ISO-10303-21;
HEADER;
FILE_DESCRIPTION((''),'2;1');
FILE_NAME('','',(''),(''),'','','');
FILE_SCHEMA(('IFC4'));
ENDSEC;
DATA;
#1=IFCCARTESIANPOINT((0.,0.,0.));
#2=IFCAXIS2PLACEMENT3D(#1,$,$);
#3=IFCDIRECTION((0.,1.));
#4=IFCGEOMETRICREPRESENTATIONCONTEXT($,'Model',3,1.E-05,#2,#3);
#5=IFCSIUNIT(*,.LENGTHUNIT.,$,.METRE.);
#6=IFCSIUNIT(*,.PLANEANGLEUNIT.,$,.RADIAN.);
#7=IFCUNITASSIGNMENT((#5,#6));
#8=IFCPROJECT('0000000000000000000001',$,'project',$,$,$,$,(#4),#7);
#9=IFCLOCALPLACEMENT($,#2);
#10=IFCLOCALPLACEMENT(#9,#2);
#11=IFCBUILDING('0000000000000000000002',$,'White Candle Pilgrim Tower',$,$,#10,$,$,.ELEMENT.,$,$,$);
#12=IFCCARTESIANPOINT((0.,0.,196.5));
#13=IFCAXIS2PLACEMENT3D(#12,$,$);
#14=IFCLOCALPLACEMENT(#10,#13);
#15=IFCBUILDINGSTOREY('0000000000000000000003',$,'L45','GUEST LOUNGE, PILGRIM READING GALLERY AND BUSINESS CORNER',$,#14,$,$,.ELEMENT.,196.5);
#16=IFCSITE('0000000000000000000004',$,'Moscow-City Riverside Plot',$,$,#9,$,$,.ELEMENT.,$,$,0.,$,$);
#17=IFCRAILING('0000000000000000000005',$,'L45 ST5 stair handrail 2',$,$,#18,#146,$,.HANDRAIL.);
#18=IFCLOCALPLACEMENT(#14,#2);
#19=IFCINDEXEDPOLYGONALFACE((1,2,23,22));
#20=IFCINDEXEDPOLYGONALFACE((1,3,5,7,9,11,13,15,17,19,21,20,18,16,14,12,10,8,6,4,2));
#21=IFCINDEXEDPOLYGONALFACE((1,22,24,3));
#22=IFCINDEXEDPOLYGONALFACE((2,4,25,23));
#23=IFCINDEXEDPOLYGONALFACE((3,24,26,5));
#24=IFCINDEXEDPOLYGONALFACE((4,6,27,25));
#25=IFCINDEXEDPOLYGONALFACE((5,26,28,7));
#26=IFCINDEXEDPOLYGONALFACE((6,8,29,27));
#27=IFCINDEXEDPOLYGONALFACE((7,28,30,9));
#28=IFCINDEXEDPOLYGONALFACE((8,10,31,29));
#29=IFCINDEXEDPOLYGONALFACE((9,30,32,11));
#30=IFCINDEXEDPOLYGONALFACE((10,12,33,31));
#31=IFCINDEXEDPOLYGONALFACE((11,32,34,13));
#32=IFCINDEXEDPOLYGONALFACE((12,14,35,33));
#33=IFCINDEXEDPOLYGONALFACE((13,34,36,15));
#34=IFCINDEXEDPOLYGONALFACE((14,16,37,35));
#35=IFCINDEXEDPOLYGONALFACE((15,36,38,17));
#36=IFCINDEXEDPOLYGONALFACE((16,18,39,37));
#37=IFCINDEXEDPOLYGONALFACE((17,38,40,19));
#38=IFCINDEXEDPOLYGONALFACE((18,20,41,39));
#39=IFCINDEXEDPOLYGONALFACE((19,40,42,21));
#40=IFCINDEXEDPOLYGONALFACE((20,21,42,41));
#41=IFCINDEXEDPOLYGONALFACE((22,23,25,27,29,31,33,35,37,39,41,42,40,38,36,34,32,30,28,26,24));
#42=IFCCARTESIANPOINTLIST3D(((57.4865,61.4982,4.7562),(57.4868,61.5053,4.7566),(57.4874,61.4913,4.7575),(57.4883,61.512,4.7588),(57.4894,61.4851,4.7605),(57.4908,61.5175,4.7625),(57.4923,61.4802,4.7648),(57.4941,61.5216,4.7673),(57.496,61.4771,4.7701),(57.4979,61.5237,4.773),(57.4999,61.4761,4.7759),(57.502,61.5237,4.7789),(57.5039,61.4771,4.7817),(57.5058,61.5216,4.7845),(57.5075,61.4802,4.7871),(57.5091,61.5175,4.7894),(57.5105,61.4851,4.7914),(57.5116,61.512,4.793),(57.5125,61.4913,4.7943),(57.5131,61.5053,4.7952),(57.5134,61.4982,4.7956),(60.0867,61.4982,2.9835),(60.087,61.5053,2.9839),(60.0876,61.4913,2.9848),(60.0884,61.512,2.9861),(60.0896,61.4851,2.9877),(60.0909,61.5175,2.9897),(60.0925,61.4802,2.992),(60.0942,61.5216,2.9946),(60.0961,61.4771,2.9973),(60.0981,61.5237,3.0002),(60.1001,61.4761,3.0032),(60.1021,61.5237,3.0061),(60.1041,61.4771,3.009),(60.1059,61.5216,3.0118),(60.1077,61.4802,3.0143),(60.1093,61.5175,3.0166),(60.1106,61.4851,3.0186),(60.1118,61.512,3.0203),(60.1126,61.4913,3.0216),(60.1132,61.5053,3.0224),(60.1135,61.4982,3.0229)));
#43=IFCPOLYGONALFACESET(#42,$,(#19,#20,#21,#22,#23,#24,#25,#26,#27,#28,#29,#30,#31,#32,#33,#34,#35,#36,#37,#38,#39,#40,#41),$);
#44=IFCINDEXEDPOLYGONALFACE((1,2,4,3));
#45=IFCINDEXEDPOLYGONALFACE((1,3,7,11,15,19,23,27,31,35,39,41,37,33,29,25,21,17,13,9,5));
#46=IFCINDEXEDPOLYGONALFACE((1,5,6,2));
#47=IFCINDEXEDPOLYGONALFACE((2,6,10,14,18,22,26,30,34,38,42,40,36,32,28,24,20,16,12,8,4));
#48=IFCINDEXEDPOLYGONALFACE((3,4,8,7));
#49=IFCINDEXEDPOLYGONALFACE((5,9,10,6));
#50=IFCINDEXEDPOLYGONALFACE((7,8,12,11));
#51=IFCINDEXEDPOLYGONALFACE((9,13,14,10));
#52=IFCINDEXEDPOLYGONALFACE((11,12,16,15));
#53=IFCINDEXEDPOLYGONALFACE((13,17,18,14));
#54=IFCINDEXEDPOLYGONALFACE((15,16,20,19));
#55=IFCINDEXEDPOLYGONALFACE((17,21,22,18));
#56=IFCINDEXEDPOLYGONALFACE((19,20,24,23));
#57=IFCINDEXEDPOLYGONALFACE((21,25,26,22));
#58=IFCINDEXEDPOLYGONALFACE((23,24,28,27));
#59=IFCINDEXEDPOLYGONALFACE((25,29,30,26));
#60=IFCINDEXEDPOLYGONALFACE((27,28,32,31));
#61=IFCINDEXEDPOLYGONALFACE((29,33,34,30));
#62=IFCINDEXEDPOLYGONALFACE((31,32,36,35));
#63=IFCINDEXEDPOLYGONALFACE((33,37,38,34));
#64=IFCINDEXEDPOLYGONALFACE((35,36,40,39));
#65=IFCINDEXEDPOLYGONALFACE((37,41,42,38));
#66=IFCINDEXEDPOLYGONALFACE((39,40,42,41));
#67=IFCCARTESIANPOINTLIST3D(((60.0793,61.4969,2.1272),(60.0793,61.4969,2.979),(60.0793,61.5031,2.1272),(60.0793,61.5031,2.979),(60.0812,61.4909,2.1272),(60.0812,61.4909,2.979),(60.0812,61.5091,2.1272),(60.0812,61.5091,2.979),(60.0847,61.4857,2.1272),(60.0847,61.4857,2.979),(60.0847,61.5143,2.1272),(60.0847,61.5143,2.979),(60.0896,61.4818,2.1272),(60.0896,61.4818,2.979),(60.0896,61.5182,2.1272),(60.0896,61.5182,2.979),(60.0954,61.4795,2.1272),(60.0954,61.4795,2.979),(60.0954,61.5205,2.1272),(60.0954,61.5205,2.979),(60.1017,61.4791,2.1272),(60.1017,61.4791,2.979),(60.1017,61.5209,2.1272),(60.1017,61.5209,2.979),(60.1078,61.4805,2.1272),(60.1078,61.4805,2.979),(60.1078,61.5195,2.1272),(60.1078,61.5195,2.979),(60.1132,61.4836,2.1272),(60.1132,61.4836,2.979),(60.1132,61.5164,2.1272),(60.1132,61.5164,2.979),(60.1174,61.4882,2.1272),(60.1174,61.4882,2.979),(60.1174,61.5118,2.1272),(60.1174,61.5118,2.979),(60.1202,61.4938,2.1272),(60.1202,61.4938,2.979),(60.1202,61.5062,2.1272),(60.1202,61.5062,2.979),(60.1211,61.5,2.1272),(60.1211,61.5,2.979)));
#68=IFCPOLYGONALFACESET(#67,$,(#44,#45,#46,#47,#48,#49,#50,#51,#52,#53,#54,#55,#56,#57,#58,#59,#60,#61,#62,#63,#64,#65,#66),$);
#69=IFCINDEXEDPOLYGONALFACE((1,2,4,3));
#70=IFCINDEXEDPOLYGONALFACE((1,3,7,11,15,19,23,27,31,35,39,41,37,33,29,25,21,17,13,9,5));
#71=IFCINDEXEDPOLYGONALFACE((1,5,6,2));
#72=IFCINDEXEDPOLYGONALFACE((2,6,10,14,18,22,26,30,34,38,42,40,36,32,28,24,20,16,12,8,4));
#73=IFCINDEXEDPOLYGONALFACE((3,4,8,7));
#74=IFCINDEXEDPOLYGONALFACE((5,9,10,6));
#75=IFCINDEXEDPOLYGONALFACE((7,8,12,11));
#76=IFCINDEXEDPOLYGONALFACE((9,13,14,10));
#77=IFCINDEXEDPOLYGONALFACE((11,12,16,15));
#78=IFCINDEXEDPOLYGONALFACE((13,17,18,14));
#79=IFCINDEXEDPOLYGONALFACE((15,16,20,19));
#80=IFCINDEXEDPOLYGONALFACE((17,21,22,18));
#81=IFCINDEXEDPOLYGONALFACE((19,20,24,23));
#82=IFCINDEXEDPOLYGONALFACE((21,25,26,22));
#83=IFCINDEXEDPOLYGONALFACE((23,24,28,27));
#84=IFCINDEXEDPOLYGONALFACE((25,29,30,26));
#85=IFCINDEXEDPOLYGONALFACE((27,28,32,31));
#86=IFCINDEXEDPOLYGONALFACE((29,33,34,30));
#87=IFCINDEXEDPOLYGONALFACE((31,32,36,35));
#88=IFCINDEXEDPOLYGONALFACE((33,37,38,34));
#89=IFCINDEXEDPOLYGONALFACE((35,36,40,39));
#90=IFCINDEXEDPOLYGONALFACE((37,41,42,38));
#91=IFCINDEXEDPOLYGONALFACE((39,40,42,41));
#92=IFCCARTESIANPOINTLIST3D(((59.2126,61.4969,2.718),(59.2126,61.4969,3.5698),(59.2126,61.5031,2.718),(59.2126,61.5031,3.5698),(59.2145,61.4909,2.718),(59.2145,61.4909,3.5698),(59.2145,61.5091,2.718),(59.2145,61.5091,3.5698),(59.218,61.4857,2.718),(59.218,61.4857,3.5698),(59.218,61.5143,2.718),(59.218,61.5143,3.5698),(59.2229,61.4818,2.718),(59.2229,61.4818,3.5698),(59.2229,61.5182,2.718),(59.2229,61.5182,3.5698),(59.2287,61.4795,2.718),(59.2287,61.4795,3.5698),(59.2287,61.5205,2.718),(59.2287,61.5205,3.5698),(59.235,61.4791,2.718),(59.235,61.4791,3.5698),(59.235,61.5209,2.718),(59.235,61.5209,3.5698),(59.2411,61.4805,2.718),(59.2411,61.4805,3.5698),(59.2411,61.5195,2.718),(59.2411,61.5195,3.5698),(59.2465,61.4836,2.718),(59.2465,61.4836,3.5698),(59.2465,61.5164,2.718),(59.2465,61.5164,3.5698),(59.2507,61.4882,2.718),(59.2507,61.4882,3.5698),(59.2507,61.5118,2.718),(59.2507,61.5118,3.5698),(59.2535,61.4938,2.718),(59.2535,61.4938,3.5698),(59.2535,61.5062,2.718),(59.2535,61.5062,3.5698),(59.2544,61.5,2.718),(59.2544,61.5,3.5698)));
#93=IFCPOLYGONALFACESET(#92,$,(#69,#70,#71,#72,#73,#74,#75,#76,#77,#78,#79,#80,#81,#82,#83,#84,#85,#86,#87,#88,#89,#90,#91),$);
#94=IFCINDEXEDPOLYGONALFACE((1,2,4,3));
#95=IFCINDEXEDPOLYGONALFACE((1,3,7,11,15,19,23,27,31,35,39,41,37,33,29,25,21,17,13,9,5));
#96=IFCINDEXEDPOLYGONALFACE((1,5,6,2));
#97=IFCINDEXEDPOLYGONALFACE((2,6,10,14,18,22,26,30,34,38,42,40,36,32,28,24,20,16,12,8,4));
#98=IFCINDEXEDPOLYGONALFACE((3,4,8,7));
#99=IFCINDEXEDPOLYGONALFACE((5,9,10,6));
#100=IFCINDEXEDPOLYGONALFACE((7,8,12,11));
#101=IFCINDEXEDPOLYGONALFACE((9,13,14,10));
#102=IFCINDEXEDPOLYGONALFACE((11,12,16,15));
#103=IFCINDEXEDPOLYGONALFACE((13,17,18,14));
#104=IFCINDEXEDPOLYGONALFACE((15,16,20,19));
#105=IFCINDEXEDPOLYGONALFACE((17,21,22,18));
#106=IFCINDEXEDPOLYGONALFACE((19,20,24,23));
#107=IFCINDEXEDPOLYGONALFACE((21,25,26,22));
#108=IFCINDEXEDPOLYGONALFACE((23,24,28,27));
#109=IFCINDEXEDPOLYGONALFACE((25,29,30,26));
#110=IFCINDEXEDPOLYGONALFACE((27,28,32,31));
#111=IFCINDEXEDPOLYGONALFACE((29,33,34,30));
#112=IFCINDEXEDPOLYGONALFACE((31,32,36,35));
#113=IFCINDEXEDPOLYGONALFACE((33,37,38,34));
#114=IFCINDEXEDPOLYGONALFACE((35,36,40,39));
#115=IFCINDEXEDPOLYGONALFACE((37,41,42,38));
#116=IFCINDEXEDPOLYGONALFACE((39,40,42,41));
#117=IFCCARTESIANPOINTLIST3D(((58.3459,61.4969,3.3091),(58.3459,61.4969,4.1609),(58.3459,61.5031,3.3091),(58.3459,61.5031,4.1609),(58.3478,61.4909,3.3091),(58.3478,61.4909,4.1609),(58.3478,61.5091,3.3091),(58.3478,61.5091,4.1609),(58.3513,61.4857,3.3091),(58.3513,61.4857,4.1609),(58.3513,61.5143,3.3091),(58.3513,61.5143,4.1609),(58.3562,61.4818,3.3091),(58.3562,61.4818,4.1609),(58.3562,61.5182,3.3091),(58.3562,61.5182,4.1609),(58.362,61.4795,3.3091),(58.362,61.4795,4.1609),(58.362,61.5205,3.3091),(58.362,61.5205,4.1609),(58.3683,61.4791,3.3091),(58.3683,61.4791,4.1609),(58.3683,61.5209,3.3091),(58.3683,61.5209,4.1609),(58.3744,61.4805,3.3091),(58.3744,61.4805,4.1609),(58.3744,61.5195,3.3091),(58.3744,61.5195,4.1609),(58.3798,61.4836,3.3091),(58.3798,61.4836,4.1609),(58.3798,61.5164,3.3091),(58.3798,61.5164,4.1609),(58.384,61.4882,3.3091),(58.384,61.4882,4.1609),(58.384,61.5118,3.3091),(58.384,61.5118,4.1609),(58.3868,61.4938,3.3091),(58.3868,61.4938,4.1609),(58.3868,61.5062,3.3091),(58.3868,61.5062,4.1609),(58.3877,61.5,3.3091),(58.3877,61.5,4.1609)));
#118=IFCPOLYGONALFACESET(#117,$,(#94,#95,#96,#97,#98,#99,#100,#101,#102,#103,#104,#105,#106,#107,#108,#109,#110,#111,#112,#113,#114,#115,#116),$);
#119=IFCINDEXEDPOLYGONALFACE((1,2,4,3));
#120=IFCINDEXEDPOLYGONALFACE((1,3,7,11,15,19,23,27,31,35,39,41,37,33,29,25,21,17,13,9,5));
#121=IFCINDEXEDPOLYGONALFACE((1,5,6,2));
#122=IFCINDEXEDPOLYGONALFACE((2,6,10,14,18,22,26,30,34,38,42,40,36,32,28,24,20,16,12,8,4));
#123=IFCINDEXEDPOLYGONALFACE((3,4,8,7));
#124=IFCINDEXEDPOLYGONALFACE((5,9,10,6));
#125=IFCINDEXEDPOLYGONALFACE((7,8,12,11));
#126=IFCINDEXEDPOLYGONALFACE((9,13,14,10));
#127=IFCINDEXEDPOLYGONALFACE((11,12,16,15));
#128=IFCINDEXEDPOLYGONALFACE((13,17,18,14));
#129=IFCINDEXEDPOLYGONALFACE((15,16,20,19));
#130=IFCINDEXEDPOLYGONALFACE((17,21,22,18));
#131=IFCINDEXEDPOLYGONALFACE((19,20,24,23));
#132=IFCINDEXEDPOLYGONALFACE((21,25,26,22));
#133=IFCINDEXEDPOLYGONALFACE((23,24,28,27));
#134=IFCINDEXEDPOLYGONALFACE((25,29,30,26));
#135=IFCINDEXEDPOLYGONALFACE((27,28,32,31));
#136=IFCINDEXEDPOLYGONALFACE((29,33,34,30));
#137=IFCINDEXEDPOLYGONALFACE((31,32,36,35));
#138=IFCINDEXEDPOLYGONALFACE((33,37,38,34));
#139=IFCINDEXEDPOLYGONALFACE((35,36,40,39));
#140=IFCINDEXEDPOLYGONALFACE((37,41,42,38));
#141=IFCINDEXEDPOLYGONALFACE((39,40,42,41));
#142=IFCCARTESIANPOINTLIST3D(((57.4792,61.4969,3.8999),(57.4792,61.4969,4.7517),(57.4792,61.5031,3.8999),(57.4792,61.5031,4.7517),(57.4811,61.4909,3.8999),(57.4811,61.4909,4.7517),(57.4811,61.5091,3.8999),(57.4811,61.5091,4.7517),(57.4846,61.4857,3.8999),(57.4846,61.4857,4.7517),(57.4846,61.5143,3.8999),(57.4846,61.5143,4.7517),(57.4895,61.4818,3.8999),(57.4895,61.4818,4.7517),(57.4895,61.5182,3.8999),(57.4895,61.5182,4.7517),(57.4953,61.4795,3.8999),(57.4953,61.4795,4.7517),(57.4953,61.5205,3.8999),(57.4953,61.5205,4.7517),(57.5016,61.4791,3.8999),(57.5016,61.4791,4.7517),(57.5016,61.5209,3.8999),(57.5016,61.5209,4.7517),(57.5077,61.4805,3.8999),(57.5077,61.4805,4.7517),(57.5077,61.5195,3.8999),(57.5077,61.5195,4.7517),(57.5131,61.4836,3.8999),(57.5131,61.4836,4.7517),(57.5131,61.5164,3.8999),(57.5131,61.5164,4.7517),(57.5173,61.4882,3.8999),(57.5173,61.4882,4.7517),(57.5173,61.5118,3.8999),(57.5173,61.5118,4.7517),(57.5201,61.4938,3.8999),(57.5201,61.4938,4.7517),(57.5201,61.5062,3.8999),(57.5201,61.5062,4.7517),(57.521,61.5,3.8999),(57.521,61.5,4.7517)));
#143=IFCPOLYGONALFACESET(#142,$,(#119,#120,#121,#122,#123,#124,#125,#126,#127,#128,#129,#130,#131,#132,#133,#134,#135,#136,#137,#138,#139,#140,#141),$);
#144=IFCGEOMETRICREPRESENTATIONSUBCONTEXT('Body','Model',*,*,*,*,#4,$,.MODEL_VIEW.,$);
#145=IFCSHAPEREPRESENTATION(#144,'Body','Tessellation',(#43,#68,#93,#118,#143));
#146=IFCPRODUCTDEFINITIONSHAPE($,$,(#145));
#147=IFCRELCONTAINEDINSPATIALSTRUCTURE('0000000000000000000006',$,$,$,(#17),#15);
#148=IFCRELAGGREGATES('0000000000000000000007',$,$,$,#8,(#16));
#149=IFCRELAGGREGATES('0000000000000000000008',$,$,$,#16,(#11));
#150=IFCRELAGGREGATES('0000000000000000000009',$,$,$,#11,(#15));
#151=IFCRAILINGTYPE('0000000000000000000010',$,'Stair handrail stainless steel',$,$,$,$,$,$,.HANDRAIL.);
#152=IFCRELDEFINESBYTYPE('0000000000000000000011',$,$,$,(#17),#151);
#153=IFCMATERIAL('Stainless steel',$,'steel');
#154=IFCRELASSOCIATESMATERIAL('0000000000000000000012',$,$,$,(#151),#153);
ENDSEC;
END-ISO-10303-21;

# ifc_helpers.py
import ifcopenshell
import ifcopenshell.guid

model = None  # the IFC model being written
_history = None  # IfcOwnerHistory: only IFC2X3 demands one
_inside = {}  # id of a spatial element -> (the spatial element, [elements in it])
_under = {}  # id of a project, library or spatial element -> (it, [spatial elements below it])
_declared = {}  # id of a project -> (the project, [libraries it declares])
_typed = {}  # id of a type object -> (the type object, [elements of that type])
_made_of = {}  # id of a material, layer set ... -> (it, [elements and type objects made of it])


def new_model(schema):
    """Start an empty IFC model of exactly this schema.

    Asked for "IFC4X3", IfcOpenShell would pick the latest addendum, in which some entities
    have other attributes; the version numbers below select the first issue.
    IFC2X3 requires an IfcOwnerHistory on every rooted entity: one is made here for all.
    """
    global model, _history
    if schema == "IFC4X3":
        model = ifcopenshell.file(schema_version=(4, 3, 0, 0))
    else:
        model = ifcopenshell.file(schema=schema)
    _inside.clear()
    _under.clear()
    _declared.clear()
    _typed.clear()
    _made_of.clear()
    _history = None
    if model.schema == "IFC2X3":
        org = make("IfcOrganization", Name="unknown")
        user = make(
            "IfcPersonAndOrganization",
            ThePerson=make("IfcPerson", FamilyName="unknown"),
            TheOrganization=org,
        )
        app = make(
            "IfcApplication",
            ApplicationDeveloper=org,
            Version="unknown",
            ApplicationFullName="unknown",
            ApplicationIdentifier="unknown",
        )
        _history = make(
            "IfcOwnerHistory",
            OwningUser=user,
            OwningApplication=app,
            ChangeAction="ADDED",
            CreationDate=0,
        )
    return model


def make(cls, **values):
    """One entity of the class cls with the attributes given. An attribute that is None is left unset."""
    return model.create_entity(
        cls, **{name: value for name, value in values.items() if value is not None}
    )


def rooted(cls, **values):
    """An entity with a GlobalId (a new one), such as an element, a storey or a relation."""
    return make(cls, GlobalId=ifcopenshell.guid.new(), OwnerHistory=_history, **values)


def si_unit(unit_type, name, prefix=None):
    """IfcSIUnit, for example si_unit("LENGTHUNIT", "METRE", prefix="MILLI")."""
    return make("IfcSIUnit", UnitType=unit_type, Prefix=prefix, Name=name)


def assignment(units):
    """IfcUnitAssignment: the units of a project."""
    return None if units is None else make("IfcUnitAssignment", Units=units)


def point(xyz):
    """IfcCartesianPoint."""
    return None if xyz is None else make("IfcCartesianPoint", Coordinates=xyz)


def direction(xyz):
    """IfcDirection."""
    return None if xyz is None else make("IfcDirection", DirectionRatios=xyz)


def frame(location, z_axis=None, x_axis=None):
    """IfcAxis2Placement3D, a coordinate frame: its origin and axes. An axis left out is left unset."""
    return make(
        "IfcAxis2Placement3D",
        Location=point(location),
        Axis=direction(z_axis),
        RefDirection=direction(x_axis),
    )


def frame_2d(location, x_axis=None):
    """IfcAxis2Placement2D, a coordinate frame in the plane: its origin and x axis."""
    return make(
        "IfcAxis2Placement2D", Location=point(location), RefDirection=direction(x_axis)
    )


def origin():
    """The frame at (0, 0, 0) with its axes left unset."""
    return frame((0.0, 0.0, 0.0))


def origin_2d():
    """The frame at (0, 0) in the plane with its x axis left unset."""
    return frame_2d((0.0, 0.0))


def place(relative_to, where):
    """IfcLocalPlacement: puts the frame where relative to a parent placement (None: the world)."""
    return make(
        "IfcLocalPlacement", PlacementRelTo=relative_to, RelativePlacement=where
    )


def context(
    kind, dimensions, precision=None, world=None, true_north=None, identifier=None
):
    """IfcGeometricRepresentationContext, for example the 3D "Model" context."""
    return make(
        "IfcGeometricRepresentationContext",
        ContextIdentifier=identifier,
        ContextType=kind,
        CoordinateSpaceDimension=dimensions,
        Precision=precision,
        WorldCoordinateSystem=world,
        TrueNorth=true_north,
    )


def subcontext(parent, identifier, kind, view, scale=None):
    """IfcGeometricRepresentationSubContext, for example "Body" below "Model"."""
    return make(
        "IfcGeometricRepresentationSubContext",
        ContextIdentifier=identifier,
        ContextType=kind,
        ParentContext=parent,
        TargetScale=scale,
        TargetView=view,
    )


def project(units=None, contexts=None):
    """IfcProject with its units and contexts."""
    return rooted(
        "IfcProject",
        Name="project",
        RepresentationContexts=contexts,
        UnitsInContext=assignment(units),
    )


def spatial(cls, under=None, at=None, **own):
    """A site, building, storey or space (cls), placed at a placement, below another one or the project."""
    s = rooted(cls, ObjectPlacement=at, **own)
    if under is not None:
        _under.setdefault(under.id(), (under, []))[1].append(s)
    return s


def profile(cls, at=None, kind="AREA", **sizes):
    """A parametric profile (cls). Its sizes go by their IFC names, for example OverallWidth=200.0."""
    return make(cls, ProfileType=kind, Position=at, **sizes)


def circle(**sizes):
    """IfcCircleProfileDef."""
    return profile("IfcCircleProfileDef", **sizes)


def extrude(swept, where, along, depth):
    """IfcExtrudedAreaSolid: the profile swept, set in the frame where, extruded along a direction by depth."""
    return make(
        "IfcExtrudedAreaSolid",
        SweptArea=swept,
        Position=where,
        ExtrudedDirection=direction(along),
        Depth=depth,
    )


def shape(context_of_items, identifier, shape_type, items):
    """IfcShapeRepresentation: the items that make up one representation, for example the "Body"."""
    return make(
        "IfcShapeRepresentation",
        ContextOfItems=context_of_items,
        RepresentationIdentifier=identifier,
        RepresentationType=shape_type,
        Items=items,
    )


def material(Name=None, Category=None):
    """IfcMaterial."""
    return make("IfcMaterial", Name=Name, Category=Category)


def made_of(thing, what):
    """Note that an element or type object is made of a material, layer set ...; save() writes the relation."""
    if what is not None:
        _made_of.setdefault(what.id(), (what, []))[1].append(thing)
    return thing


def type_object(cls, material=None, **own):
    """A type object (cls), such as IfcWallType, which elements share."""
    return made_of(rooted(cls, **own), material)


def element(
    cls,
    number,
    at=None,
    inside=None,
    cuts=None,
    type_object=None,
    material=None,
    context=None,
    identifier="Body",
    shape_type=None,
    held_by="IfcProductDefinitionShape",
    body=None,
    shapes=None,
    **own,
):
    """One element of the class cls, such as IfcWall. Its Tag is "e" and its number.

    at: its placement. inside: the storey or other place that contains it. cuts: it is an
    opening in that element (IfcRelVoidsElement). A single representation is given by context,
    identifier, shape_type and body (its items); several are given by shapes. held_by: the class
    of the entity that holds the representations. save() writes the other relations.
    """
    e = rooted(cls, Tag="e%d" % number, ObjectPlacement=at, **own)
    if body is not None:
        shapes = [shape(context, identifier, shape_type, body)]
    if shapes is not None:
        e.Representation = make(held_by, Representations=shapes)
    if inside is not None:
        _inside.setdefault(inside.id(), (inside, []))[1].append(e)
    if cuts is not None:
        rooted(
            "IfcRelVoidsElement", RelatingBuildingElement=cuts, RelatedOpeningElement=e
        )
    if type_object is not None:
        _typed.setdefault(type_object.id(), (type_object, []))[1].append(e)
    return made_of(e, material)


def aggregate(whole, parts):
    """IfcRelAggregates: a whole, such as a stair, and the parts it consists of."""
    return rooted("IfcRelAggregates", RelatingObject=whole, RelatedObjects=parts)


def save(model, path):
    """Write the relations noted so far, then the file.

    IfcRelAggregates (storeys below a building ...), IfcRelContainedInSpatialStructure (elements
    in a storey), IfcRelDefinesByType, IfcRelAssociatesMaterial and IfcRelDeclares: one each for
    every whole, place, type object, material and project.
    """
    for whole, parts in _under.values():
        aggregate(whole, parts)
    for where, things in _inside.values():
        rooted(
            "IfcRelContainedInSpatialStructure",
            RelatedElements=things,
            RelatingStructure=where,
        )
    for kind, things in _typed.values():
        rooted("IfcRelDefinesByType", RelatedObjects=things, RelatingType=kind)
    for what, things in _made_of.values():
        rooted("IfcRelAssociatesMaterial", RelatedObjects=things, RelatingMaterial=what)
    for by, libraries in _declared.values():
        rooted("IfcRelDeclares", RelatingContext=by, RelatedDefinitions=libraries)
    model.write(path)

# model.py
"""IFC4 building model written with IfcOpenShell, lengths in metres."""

from ifc_helpers import new_model, si_unit, direction, frame, origin, origin_2d, place, context, subcontext, project, spatial, circle, extrude, material, type_object, element, save


model = new_model("IFC4")

# Units and contexts
model_context = context("Model", 3, precision=1e-05, world=origin(), true_north=direction((0.0, 1.0)))
body_context = subcontext(model_context, "Body", "Model", "MODEL_VIEW")
ifc_project = project(units=[si_unit("LENGTHUNIT", "METRE"), si_unit("PLANEANGLEUNIT", "RADIAN")], contexts=[model_context])

# Site, building, storey
site_placement = place(None, origin())
site = spatial("IfcSite", under=ifc_project, at=site_placement, Name="Moscow-City Riverside Plot", CompositionType="ELEMENT", RefElevation=0.0)
building_placement = place(site_placement, origin())
building = spatial("IfcBuilding", under=site, at=building_placement, Name="White Candle Pilgrim Tower", CompositionType="ELEMENT")
storey_placement = place(building_placement, frame((0.0, 0.0, 196.5)))
storey = spatial("IfcBuildingStorey", under=building, at=storey_placement, Name="L45", Description="GUEST LOUNGE, PILGRIM READING GALLERY AND BUSINESS CORNER", CompositionType="ELEMENT", Elevation=196.5)

# Railing
ifc_material_1 = material(Name="Stainless steel", Category="steel")
railing_type_1 = type_object("IfcRailingType", Name="Stair handrail stainless steel", PredefinedType="HANDRAIL", material=ifc_material_1)
railing_1_placement = place(storey_placement, frame((60.1001, 61.5, 2.1272)))
element("IfcRailing", 1, at=railing_1_placement, inside=storey, type_object=railing_type_1, Name="L45 ST5 stair handrail 2", PredefinedType="HANDRAIL", context=body_context, shape_type="SweptSolid", body=[
    extrude(circle(Radius=0.0239, at=origin_2d()), frame((0.0, 0.0, 0.876), z_axis=(-0.82624, 0.0, 0.563318), x_axis=(0.0, -1.0, 0.0)), (0.0, 0.0, 1.0), 3.147),
    extrude(circle(Radius=0.021, at=origin_2d()), origin(), (0.0, 0.0, 1.0), 0.8518),
    extrude(circle(Radius=0.021, at=origin_2d()), frame((-0.8667, 0.0, 0.5908)), (0.0, 0.0, 1.0), 0.8518),
    extrude(circle(Radius=0.021, at=origin_2d()), frame((-1.7334, 0.0, 1.1819)), (0.0, 0.0, 1.0), 0.8518),
    extrude(circle(Radius=0.021, at=origin_2d()), frame((-2.6001, 0.0, 1.7727)), (0.0, 0.0, 1.0), 0.8518),
])

save(model, "model.ifc")
